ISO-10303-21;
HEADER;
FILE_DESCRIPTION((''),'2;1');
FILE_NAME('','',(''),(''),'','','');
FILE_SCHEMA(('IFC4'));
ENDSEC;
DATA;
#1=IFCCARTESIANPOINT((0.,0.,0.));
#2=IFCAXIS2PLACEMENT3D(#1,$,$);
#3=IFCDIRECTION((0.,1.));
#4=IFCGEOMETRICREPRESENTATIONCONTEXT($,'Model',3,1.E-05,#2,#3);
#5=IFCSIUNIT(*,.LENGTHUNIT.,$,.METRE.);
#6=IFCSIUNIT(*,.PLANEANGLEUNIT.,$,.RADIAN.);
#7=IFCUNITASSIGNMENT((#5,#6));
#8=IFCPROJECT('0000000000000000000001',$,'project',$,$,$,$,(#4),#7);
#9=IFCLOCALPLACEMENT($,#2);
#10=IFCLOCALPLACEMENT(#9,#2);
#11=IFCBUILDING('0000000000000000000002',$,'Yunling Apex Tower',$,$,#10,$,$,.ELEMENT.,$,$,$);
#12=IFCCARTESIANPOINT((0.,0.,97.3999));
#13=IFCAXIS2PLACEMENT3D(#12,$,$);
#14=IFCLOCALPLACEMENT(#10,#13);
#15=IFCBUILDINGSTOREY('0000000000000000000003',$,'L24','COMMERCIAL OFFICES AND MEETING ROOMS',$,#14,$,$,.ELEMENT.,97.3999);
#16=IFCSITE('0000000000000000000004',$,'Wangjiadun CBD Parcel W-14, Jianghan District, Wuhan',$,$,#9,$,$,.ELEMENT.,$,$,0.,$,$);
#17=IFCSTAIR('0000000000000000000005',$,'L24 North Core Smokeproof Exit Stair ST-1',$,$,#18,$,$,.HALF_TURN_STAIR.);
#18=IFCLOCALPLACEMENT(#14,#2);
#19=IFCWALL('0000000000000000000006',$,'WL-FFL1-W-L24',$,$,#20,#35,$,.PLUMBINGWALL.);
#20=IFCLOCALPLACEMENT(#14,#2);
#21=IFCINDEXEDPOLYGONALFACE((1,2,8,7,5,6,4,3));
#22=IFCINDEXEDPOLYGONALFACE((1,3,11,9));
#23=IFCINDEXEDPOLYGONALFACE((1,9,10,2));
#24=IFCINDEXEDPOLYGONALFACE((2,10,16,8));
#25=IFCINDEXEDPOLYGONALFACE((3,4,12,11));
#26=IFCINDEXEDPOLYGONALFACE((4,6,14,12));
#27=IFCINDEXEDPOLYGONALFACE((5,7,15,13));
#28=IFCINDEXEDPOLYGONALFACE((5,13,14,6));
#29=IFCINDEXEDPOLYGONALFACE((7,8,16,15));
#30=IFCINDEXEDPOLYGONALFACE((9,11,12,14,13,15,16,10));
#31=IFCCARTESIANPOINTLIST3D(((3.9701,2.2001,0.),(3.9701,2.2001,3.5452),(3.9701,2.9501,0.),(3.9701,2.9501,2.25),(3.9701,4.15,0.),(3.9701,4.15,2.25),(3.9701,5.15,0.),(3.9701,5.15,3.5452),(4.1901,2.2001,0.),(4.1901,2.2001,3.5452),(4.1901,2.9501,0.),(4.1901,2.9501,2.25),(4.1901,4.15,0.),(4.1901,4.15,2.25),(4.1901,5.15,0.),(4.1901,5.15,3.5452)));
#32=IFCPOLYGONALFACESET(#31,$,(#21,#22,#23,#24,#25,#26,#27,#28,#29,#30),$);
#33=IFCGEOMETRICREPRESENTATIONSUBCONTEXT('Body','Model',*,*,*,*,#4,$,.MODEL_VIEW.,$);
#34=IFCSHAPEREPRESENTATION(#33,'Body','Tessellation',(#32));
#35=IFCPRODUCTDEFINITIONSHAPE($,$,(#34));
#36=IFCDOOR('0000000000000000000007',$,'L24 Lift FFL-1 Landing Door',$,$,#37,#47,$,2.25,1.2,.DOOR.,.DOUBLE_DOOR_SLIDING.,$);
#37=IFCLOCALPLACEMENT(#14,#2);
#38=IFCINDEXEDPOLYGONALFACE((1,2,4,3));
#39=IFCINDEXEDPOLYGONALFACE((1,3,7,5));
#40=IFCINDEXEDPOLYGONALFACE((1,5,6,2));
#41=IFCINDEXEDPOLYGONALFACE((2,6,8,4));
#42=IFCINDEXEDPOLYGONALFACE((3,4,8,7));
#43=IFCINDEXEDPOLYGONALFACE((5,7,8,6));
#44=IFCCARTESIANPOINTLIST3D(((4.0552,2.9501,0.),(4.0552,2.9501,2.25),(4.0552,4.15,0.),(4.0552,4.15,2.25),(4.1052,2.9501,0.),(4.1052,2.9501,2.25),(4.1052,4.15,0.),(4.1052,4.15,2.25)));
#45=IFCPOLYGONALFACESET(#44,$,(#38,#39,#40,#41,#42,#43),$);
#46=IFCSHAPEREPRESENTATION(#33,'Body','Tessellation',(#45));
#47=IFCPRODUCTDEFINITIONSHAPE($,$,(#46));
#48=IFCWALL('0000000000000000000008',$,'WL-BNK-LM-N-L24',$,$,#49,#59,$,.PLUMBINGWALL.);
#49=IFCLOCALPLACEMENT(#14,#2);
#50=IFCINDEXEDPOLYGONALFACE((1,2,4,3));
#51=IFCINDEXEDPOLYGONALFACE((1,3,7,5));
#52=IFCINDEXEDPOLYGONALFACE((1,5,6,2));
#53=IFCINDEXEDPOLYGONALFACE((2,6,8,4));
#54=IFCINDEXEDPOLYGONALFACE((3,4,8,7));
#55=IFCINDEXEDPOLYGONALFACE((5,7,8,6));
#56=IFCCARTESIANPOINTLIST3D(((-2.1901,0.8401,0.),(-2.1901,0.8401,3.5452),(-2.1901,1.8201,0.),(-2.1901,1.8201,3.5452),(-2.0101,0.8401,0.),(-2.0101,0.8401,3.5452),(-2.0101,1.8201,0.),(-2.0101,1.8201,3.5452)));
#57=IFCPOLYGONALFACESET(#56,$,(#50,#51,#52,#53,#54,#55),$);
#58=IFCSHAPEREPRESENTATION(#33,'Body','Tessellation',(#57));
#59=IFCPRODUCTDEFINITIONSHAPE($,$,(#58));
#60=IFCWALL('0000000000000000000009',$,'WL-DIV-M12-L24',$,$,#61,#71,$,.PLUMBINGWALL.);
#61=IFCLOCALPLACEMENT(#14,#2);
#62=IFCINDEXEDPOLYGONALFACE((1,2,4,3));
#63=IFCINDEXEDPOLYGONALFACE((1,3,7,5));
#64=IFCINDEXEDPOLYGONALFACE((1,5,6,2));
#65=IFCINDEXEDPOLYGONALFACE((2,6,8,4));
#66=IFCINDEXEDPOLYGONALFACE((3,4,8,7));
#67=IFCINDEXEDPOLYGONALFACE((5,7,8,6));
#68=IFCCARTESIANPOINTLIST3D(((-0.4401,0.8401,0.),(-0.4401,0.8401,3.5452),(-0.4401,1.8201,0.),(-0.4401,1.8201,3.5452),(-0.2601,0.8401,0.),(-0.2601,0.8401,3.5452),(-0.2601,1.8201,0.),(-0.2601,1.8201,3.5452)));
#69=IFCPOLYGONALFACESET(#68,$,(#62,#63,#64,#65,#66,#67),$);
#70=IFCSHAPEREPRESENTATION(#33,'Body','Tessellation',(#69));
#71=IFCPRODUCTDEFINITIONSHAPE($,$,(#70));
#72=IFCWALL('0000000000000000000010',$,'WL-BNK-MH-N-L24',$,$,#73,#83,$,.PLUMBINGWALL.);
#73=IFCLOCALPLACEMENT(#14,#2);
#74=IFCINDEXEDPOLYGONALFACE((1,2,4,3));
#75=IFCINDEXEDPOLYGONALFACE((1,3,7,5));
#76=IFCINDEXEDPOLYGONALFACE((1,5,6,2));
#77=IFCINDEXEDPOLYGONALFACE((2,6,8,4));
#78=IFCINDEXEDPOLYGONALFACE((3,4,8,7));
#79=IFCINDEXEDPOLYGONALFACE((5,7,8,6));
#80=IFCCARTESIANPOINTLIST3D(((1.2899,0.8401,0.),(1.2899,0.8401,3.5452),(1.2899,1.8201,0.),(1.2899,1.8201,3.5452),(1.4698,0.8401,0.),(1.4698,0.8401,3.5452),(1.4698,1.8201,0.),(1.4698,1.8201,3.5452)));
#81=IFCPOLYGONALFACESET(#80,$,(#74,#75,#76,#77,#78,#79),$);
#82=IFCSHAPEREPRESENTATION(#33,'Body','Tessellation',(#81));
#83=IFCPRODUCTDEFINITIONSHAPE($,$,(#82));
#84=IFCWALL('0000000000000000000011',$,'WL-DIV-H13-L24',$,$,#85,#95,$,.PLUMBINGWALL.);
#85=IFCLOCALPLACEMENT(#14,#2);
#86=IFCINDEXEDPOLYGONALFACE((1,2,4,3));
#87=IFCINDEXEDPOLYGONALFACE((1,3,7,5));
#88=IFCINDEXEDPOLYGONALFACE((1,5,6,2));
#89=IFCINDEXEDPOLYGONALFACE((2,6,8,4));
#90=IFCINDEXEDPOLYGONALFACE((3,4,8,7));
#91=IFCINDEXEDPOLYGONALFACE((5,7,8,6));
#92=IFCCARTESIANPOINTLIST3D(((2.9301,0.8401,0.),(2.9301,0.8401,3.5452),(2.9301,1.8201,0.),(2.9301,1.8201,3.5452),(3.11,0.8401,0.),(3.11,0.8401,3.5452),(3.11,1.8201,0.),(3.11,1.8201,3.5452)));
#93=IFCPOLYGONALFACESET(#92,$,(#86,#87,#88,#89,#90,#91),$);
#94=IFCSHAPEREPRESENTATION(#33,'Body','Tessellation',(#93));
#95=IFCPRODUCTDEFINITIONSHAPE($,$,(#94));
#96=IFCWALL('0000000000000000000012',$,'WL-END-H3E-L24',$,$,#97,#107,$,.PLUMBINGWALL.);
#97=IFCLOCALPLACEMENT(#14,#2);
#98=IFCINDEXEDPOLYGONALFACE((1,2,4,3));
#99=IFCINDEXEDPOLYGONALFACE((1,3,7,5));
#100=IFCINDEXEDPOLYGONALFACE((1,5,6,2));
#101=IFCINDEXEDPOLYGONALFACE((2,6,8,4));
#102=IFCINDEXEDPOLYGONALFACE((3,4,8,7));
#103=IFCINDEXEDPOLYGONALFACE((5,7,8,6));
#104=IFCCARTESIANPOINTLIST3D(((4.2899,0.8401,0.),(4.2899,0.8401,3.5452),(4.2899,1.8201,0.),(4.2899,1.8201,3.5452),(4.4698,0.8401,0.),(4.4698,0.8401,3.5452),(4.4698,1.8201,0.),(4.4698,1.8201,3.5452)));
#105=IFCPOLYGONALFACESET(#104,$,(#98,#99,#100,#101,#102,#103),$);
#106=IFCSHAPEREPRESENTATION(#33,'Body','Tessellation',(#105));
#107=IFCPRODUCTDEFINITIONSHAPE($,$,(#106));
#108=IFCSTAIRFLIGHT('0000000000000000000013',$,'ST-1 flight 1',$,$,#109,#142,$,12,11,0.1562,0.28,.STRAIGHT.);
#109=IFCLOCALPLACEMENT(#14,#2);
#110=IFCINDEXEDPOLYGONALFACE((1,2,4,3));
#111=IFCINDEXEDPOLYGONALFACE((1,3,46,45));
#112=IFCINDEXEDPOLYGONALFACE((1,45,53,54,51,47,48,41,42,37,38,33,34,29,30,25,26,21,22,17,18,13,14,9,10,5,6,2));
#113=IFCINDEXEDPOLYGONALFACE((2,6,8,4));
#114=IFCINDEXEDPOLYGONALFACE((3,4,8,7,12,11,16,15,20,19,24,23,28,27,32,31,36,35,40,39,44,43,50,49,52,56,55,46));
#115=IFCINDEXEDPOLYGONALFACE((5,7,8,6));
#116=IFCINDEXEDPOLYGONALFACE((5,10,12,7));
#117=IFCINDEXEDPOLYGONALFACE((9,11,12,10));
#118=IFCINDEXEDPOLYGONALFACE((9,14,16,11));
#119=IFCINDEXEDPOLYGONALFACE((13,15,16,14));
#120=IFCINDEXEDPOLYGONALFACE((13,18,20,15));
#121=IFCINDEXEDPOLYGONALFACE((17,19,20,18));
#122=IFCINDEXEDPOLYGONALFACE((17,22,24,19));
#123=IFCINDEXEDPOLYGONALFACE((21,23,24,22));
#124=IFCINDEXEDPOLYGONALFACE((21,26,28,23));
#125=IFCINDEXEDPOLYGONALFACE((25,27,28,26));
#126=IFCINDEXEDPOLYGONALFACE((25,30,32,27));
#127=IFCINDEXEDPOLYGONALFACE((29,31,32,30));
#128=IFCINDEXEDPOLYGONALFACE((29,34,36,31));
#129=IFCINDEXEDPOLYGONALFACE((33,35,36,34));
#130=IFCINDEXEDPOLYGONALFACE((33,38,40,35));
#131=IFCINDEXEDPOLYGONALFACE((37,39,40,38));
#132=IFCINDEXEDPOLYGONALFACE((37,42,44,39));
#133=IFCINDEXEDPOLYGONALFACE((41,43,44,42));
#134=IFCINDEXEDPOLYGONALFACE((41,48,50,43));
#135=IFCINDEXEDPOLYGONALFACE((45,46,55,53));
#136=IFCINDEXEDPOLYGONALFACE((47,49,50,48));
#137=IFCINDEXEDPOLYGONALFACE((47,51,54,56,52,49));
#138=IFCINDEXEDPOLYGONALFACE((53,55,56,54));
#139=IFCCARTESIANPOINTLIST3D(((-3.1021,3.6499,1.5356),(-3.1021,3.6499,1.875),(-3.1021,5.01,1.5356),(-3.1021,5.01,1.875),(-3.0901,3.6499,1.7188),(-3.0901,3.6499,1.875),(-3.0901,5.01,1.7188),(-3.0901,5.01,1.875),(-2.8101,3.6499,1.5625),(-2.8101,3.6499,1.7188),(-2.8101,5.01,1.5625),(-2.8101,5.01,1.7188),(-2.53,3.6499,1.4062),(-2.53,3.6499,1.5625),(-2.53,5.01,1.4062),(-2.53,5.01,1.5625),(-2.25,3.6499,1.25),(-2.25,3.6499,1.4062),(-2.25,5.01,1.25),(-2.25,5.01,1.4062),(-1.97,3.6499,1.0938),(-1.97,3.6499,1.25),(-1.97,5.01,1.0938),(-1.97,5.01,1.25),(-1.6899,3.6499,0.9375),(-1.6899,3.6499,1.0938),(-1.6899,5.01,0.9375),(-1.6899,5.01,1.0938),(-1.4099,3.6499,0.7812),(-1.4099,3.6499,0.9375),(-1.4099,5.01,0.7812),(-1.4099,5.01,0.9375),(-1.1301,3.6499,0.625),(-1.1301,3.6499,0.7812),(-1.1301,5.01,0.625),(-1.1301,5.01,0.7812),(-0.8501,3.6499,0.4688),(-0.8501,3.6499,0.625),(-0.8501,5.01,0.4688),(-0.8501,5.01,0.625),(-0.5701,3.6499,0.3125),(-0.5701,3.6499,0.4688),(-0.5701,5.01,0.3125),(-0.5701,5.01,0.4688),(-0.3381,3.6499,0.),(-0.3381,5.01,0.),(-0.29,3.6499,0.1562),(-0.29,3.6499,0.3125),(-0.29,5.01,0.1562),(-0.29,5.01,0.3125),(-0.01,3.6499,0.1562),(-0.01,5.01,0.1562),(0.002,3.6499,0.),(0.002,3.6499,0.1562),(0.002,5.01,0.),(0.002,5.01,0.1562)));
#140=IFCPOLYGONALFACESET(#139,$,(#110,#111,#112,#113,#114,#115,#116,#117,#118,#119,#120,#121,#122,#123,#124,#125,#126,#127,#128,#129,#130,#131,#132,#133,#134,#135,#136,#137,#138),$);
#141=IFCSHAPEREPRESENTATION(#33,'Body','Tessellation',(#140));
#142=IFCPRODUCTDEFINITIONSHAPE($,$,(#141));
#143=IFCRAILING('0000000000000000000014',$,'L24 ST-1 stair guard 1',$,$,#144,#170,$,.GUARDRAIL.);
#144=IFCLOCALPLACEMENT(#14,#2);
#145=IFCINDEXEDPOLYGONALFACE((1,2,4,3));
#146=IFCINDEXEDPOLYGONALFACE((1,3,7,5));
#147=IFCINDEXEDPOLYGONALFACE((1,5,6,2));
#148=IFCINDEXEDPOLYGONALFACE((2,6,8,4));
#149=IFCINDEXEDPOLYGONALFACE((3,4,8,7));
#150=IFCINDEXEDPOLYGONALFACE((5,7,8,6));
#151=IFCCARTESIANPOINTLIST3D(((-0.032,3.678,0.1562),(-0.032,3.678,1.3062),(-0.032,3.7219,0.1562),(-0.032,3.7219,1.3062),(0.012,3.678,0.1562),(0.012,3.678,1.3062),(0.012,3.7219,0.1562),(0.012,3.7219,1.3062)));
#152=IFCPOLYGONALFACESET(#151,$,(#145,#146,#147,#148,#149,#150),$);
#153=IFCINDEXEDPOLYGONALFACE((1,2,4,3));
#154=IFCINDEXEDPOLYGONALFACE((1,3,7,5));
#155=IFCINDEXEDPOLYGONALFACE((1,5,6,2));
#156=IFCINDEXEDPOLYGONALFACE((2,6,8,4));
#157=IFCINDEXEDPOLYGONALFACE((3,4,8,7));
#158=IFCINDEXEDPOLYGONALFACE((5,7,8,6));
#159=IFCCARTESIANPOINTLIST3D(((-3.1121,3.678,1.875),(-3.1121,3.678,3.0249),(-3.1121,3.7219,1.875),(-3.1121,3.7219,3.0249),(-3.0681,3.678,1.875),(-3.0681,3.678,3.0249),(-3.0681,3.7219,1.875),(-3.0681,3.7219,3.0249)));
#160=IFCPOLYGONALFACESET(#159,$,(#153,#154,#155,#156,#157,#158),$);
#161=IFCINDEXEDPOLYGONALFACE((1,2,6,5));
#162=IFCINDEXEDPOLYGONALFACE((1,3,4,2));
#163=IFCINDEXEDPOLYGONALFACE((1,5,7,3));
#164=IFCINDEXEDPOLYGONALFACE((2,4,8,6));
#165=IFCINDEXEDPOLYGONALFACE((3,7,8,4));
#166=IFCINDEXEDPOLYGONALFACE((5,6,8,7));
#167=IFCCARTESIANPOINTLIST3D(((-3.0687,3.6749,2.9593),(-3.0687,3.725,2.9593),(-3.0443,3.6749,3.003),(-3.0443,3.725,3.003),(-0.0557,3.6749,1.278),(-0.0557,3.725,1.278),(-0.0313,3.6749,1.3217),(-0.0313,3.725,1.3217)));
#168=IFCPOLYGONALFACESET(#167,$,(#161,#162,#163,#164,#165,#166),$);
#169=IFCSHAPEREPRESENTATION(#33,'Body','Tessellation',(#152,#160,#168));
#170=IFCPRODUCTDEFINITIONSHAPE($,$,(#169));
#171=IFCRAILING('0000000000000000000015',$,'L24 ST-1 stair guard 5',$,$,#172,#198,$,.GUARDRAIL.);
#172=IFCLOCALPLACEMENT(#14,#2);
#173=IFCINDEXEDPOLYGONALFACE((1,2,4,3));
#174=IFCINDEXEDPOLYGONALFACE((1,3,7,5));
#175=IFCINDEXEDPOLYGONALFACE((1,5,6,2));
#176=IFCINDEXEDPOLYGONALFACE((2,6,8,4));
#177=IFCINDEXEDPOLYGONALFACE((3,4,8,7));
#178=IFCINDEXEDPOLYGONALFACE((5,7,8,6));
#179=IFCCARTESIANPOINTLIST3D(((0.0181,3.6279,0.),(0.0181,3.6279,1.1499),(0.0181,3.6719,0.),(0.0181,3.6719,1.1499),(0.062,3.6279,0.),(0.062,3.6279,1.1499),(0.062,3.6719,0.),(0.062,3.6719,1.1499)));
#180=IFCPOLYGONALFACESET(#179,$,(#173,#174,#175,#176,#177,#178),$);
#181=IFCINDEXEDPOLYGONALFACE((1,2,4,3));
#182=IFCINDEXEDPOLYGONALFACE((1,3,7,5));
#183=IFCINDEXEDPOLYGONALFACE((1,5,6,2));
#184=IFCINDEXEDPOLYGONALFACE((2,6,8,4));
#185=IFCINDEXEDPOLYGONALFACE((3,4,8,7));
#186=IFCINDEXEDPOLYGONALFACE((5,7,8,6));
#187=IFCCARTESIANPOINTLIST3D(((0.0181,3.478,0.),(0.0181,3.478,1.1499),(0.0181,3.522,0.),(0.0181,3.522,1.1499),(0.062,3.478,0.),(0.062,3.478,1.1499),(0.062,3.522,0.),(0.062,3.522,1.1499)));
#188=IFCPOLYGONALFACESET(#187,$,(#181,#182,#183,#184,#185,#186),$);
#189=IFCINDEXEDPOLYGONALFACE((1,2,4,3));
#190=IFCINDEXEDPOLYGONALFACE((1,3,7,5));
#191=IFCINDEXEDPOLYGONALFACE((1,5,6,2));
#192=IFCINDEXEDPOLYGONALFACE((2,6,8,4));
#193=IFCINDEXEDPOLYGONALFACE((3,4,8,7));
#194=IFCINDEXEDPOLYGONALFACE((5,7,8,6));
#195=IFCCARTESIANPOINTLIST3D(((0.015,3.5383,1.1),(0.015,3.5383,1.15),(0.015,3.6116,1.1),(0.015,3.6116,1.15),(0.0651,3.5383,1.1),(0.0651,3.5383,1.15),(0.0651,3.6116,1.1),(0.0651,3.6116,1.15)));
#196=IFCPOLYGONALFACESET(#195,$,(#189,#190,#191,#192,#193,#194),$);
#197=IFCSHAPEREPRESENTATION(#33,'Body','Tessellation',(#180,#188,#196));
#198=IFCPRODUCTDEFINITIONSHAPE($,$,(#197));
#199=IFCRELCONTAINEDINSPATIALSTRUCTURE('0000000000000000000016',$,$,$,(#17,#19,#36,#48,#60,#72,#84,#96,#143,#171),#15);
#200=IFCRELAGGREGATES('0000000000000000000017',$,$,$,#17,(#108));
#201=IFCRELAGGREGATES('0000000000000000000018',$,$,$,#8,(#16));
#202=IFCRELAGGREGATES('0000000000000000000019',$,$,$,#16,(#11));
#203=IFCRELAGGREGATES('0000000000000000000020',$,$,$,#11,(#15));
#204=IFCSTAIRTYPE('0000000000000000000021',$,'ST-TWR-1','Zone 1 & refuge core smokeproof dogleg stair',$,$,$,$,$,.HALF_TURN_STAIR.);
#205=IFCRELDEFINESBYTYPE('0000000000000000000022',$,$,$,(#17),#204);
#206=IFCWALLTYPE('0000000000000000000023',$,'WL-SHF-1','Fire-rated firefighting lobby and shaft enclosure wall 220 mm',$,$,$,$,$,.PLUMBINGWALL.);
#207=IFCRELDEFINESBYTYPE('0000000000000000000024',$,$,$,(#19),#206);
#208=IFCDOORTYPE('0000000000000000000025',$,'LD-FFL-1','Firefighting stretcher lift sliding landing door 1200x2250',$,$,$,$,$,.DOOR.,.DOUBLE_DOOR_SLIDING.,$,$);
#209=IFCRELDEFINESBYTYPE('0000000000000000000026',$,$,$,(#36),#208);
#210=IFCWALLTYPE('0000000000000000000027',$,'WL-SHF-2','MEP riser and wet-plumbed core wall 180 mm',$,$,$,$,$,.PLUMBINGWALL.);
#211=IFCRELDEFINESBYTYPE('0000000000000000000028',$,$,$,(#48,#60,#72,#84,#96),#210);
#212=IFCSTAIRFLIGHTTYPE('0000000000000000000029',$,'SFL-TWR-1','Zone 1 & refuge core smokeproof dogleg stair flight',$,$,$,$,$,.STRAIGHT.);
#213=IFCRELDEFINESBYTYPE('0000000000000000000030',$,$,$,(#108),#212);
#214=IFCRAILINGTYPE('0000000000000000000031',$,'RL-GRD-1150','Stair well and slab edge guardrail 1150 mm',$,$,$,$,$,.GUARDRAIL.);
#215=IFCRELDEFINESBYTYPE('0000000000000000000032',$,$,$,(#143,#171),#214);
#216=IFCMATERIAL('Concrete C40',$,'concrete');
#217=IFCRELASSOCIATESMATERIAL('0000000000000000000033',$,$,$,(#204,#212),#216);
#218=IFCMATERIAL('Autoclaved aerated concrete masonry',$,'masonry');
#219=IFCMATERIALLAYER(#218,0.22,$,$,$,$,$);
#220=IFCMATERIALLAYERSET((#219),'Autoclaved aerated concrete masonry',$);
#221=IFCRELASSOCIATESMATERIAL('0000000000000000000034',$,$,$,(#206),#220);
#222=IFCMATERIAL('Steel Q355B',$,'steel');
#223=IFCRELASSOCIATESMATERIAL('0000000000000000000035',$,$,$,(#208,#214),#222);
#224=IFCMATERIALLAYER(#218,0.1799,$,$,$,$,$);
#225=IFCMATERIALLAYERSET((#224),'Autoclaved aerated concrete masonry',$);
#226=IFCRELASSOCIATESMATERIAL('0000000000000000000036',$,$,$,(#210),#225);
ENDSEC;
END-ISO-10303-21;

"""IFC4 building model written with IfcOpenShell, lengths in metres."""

from ifc_helpers import new_model, si_unit, direction, frame, frame_2d, origin, origin_2d, place, context, subcontext, project, spatial, polyline, rectangle, outline, extrude, material, layer, layer_set, type_object, element, fill, aggregate, save


model = new_model("IFC4")

# Units and contexts
model_context = context("Model", 3, precision=1e-05, world=origin(), true_north=direction((0.0, 1.0)))
body_context = subcontext(model_context, "Body", "Model", "MODEL_VIEW")
ifc_project = project(units=[si_unit("LENGTHUNIT", "METRE"), si_unit("PLANEANGLEUNIT", "RADIAN")], contexts=[model_context])

# Site, building, storey
site_placement = place(None, origin())
site = spatial("IfcSite", under=ifc_project, at=site_placement, Name="Wangjiadun CBD Parcel W-14, Jianghan District, Wuhan", CompositionType="ELEMENT", RefElevation=0.0)
building_placement = place(site_placement, origin())
building = spatial("IfcBuilding", under=site, at=building_placement, Name="Yunling Apex Tower", CompositionType="ELEMENT")
storey_placement = place(building_placement, frame((0.0, 0.0, 97.3999)))
storey = spatial("IfcBuildingStorey", under=building, at=storey_placement, Name="L24", Description="COMMERCIAL OFFICES AND MEETING ROOMS", CompositionType="ELEMENT", Elevation=97.3999)

# Shared definitions
ifc_material_1 = material(Name="Concrete C40", Category="concrete")

# Stair
stair_type = type_object("IfcStairType", Name="ST-TWR-1", Description="Zone 1 & refuge core smokeproof dogleg stair", PredefinedType="HALF_TURN_STAIR", material=ifc_material_1)
stair_1_placement = place(storey_placement, origin())
stair_1 = element("IfcStair", 1, at=stair_1_placement, inside=storey, type_object=stair_type, Name="L24 North Core Smokeproof Exit Stair ST-1", PredefinedType="HALF_TURN_STAIR")

# Wall, opening, door
ifc_material_2 = material(Name="Autoclaved aerated concrete masonry", Category="masonry")
ifc_layer_1 = layer(ifc_material_2, 0.22)
ifc_layer_set_1 = layer_set([ifc_layer_1], Name="Autoclaved aerated concrete masonry")
wall_type_1 = type_object("IfcWallType", Name="WL-SHF-1", Description="Fire-rated firefighting lobby and shaft enclosure wall 220 mm", PredefinedType="PLUMBINGWALL", material=ifc_layer_set_1)
ifc_material_3 = material(Name="Steel Q355B", Category="steel")
wall_1_placement = place(storey_placement, frame((4.0801, 2.2, 0.0), z_axis=(0.0, 0.0, 1.0), x_axis=(0.0, 1.0, 0.0)))
wall_1 = element("IfcWall", 2, at=wall_1_placement, inside=storey, type_object=wall_type_1, Name="WL-FFL1-W-L24", PredefinedType="PLUMBINGWALL", context=body_context, shape_type="SweptSolid", body=[
    extrude(rectangle(XDim=2.95, YDim=0.22, at=frame_2d((1.4751, 0.0))), origin(), (0.0, 0.0, 1.0), 3.5452),
])
opening_1_placement = place(wall_1_placement, frame((0.75, 0.0, 0.0)))
opening_1 = element("IfcOpeningElement", 3, at=opening_1_placement, cuts=wall_1, PredefinedType="OPENING", context=body_context, shape_type="SweptSolid", body=[
    extrude(rectangle(XDim=1.2, YDim=2.25, at=frame_2d((0.6001, 1.125))), frame((0.0, 0.1201, 0.0), z_axis=(0.0, -1.0, 0.0), x_axis=(1.0, 0.0, 0.0)), (0.0, 0.0, 1.0), 0.24),
])
door_type_1 = type_object("IfcDoorType", Name="LD-FFL-1", Description="Firefighting stretcher lift sliding landing door 1200x2250", OperationType="DOUBLE_DOOR_SLIDING", PredefinedType="DOOR", material=ifc_material_3)
door_1_placement = place(opening_1_placement, origin())
door_1 = element("IfcDoor", 4, at=door_1_placement, inside=storey, type_object=door_type_1, Name="L24 Lift FFL-1 Landing Door", OperationType="DOUBLE_DOOR_SLIDING", OverallHeight=2.25, OverallWidth=1.2, PredefinedType="DOOR", context=body_context, shape_type="SweptSolid", body=[
    extrude(rectangle(XDim=1.2, YDim=2.25, at=frame_2d((0.6001, 1.125))), frame((0.0, 0.0249, 0.0), z_axis=(0.0, -1.0, 0.0), x_axis=(1.0, 0.0, 0.0)), (0.0, 0.0, 1.0), 0.05),
])
fill(opening_1, door_1)

# Walls
ifc_layer_2 = layer(ifc_material_2, 0.1799)
ifc_layer_set_2 = layer_set([ifc_layer_2], Name="Autoclaved aerated concrete masonry")
wall_type_2 = type_object("IfcWallType", Name="WL-SHF-2", Description="MEP riser and wet-plumbed core wall 180 mm", PredefinedType="PLUMBINGWALL", material=ifc_layer_set_2)
for number, where, z_axis, x_axis, name in (
    (5, (-2.1001, 0.8401, 0.0), (0.0, 0.0, 1.0), (0.0, 1.0, 0.0), "WL-BNK-LM-N-L24"),
    (6, (-0.3501, 0.8401, 0.0), (0.0, 0.0, 1.0), (0.0, 1.0, 0.0), "WL-DIV-M12-L24"),
    (7, (1.3799, 0.8401, 0.0), (0.0, 0.0, 1.0), (0.0, 1.0, 0.0), "WL-BNK-MH-N-L24"),
    (8, (3.02, 0.8401, 0.0), (0.0, 0.0, 1.0), (0.0, 1.0, 0.0), "WL-DIV-H13-L24"),
    (9, (4.3799, 0.8401, 0.0), (0.0, 0.0, 1.0), (0.0, 1.0, 0.0), "WL-END-H3E-L24"),
):
    element("IfcWall", number, at=place(storey_placement, frame(where, z_axis=z_axis, x_axis=x_axis)), inside=storey, type_object=wall_type_2, Name=name, PredefinedType="PLUMBINGWALL", context=body_context, shape_type="SweptSolid", body=[
        extrude(rectangle(XDim=0.98, YDim=0.1799, at=frame_2d((0.49, 0.0))), origin(), (0.0, 0.0, 1.0), 3.5452),
    ])

# Stair flight
stair_flight_type = type_object("IfcStairFlightType", Name="SFL-TWR-1", Description="Zone 1 & refuge core smokeproof dogleg stair flight", PredefinedType="STRAIGHT", material=ifc_material_1)
stair_flight_placement = place(storey_placement, frame((-0.01, 4.3301, 0.0), z_axis=(0.0, 0.0, 1.0), x_axis=(-1.0, 0.0, 0.0)))
stair_flight = element("IfcStairFlight", 10, at=stair_flight_placement, type_object=stair_flight_type, Name="ST-1 flight 1", NumberOfRisers=12, NumberOfTreads=11, PredefinedType="STRAIGHT", RiserHeight=0.1562, TreadLength=0.28, context=body_context, shape_type="SweptSolid", body=[
    extrude(outline(polyline([(-0.012, 0.0), (-0.012, 0.1562), (0.0, 0.1562), (0.28, 0.1562), (0.28, 0.3125), (0.5601, 0.3125), (0.5601, 0.4688), (0.8401, 0.4688), (0.8401, 0.625), (1.1201, 0.625), (1.1201, 0.7812), (1.3999, 0.7812), (1.3999, 0.9375), (1.6799, 0.9375), (1.6799, 1.0938), (1.96, 1.0938), (1.96, 1.25), (2.24, 1.25), (2.24, 1.4062), (2.52, 1.4062), (2.52, 1.5625), (2.8, 1.5625), (2.8, 1.7188), (3.0801, 1.7188), (3.0801, 1.875), (3.092, 1.875), (3.092, 1.5356), (0.3281, 0.0), (-0.012, 0.0)])), frame((0.0, 0.6802, 0.0), z_axis=(0.0, -1.0, 0.0), x_axis=(1.0, 0.0, 0.0)), (0.0, 0.0, 1.0), 1.3601),
])
aggregate(stair_1, [stair_flight])

# Railings
railing_type_1 = type_object("IfcRailingType", Name="RL-GRD-1150", Description="Stair well and slab edge guardrail 1150 mm", PredefinedType="GUARDRAIL", material=ifc_material_3)
railing_1_placement = place(storey_placement, frame((-0.01, 3.7, 0.1562)))
element("IfcRailing", 11, at=railing_1_placement, inside=storey, type_object=railing_type_1, Name="L24 ST-1 stair guard 1", PredefinedType="GUARDRAIL", context=body_context, shape_type="SweptSolid", body=[
    extrude(rectangle(XDim=0.0439, YDim=0.0439, at=origin_2d()), origin(), (0.0, 0.0, 1.0), 1.1499),
    extrude(rectangle(XDim=0.0439, YDim=0.0439, at=origin_2d()), frame((-3.0801, 0.0, 1.7188)), (0.0, 0.0, 1.0), 1.1499),
    extrude(rectangle(XDim=0.05, YDim=0.05, at=origin_2d()), frame((-0.0334, 0.0, 1.1436), z_axis=(-0.873242, 0.0, 0.487288), x_axis=(0.0, -1.0, 0.0)), (0.0, 0.0, 1.0), 3.4504),
])
railing_2_placement = place(storey_placement, frame((0.04, 3.6499, 0.0)))
element("IfcRailing", 12, at=railing_2_placement, inside=storey, type_object=railing_type_1, Name="L24 ST-1 stair guard 5", PredefinedType="GUARDRAIL", context=body_context, shape_type="SweptSolid", body=[
    extrude(rectangle(XDim=0.0439, YDim=0.0439, at=origin_2d()), origin(), (0.0, 0.0, 1.0), 1.1499),
    extrude(rectangle(XDim=0.0439, YDim=0.0439, at=origin_2d()), frame((0.0, -0.1499, 0.0)), (0.0, 0.0, 1.0), 1.1499),
    extrude(rectangle(XDim=0.05, YDim=0.05, at=origin_2d()), frame((0.0, -0.0383, 1.125), z_axis=(0.0, -1.0, 0.0), x_axis=(1.0, 0.0, 0.0)), (0.0, 0.0, 1.0), 0.0732),
])

save(model, "model.ifc")
